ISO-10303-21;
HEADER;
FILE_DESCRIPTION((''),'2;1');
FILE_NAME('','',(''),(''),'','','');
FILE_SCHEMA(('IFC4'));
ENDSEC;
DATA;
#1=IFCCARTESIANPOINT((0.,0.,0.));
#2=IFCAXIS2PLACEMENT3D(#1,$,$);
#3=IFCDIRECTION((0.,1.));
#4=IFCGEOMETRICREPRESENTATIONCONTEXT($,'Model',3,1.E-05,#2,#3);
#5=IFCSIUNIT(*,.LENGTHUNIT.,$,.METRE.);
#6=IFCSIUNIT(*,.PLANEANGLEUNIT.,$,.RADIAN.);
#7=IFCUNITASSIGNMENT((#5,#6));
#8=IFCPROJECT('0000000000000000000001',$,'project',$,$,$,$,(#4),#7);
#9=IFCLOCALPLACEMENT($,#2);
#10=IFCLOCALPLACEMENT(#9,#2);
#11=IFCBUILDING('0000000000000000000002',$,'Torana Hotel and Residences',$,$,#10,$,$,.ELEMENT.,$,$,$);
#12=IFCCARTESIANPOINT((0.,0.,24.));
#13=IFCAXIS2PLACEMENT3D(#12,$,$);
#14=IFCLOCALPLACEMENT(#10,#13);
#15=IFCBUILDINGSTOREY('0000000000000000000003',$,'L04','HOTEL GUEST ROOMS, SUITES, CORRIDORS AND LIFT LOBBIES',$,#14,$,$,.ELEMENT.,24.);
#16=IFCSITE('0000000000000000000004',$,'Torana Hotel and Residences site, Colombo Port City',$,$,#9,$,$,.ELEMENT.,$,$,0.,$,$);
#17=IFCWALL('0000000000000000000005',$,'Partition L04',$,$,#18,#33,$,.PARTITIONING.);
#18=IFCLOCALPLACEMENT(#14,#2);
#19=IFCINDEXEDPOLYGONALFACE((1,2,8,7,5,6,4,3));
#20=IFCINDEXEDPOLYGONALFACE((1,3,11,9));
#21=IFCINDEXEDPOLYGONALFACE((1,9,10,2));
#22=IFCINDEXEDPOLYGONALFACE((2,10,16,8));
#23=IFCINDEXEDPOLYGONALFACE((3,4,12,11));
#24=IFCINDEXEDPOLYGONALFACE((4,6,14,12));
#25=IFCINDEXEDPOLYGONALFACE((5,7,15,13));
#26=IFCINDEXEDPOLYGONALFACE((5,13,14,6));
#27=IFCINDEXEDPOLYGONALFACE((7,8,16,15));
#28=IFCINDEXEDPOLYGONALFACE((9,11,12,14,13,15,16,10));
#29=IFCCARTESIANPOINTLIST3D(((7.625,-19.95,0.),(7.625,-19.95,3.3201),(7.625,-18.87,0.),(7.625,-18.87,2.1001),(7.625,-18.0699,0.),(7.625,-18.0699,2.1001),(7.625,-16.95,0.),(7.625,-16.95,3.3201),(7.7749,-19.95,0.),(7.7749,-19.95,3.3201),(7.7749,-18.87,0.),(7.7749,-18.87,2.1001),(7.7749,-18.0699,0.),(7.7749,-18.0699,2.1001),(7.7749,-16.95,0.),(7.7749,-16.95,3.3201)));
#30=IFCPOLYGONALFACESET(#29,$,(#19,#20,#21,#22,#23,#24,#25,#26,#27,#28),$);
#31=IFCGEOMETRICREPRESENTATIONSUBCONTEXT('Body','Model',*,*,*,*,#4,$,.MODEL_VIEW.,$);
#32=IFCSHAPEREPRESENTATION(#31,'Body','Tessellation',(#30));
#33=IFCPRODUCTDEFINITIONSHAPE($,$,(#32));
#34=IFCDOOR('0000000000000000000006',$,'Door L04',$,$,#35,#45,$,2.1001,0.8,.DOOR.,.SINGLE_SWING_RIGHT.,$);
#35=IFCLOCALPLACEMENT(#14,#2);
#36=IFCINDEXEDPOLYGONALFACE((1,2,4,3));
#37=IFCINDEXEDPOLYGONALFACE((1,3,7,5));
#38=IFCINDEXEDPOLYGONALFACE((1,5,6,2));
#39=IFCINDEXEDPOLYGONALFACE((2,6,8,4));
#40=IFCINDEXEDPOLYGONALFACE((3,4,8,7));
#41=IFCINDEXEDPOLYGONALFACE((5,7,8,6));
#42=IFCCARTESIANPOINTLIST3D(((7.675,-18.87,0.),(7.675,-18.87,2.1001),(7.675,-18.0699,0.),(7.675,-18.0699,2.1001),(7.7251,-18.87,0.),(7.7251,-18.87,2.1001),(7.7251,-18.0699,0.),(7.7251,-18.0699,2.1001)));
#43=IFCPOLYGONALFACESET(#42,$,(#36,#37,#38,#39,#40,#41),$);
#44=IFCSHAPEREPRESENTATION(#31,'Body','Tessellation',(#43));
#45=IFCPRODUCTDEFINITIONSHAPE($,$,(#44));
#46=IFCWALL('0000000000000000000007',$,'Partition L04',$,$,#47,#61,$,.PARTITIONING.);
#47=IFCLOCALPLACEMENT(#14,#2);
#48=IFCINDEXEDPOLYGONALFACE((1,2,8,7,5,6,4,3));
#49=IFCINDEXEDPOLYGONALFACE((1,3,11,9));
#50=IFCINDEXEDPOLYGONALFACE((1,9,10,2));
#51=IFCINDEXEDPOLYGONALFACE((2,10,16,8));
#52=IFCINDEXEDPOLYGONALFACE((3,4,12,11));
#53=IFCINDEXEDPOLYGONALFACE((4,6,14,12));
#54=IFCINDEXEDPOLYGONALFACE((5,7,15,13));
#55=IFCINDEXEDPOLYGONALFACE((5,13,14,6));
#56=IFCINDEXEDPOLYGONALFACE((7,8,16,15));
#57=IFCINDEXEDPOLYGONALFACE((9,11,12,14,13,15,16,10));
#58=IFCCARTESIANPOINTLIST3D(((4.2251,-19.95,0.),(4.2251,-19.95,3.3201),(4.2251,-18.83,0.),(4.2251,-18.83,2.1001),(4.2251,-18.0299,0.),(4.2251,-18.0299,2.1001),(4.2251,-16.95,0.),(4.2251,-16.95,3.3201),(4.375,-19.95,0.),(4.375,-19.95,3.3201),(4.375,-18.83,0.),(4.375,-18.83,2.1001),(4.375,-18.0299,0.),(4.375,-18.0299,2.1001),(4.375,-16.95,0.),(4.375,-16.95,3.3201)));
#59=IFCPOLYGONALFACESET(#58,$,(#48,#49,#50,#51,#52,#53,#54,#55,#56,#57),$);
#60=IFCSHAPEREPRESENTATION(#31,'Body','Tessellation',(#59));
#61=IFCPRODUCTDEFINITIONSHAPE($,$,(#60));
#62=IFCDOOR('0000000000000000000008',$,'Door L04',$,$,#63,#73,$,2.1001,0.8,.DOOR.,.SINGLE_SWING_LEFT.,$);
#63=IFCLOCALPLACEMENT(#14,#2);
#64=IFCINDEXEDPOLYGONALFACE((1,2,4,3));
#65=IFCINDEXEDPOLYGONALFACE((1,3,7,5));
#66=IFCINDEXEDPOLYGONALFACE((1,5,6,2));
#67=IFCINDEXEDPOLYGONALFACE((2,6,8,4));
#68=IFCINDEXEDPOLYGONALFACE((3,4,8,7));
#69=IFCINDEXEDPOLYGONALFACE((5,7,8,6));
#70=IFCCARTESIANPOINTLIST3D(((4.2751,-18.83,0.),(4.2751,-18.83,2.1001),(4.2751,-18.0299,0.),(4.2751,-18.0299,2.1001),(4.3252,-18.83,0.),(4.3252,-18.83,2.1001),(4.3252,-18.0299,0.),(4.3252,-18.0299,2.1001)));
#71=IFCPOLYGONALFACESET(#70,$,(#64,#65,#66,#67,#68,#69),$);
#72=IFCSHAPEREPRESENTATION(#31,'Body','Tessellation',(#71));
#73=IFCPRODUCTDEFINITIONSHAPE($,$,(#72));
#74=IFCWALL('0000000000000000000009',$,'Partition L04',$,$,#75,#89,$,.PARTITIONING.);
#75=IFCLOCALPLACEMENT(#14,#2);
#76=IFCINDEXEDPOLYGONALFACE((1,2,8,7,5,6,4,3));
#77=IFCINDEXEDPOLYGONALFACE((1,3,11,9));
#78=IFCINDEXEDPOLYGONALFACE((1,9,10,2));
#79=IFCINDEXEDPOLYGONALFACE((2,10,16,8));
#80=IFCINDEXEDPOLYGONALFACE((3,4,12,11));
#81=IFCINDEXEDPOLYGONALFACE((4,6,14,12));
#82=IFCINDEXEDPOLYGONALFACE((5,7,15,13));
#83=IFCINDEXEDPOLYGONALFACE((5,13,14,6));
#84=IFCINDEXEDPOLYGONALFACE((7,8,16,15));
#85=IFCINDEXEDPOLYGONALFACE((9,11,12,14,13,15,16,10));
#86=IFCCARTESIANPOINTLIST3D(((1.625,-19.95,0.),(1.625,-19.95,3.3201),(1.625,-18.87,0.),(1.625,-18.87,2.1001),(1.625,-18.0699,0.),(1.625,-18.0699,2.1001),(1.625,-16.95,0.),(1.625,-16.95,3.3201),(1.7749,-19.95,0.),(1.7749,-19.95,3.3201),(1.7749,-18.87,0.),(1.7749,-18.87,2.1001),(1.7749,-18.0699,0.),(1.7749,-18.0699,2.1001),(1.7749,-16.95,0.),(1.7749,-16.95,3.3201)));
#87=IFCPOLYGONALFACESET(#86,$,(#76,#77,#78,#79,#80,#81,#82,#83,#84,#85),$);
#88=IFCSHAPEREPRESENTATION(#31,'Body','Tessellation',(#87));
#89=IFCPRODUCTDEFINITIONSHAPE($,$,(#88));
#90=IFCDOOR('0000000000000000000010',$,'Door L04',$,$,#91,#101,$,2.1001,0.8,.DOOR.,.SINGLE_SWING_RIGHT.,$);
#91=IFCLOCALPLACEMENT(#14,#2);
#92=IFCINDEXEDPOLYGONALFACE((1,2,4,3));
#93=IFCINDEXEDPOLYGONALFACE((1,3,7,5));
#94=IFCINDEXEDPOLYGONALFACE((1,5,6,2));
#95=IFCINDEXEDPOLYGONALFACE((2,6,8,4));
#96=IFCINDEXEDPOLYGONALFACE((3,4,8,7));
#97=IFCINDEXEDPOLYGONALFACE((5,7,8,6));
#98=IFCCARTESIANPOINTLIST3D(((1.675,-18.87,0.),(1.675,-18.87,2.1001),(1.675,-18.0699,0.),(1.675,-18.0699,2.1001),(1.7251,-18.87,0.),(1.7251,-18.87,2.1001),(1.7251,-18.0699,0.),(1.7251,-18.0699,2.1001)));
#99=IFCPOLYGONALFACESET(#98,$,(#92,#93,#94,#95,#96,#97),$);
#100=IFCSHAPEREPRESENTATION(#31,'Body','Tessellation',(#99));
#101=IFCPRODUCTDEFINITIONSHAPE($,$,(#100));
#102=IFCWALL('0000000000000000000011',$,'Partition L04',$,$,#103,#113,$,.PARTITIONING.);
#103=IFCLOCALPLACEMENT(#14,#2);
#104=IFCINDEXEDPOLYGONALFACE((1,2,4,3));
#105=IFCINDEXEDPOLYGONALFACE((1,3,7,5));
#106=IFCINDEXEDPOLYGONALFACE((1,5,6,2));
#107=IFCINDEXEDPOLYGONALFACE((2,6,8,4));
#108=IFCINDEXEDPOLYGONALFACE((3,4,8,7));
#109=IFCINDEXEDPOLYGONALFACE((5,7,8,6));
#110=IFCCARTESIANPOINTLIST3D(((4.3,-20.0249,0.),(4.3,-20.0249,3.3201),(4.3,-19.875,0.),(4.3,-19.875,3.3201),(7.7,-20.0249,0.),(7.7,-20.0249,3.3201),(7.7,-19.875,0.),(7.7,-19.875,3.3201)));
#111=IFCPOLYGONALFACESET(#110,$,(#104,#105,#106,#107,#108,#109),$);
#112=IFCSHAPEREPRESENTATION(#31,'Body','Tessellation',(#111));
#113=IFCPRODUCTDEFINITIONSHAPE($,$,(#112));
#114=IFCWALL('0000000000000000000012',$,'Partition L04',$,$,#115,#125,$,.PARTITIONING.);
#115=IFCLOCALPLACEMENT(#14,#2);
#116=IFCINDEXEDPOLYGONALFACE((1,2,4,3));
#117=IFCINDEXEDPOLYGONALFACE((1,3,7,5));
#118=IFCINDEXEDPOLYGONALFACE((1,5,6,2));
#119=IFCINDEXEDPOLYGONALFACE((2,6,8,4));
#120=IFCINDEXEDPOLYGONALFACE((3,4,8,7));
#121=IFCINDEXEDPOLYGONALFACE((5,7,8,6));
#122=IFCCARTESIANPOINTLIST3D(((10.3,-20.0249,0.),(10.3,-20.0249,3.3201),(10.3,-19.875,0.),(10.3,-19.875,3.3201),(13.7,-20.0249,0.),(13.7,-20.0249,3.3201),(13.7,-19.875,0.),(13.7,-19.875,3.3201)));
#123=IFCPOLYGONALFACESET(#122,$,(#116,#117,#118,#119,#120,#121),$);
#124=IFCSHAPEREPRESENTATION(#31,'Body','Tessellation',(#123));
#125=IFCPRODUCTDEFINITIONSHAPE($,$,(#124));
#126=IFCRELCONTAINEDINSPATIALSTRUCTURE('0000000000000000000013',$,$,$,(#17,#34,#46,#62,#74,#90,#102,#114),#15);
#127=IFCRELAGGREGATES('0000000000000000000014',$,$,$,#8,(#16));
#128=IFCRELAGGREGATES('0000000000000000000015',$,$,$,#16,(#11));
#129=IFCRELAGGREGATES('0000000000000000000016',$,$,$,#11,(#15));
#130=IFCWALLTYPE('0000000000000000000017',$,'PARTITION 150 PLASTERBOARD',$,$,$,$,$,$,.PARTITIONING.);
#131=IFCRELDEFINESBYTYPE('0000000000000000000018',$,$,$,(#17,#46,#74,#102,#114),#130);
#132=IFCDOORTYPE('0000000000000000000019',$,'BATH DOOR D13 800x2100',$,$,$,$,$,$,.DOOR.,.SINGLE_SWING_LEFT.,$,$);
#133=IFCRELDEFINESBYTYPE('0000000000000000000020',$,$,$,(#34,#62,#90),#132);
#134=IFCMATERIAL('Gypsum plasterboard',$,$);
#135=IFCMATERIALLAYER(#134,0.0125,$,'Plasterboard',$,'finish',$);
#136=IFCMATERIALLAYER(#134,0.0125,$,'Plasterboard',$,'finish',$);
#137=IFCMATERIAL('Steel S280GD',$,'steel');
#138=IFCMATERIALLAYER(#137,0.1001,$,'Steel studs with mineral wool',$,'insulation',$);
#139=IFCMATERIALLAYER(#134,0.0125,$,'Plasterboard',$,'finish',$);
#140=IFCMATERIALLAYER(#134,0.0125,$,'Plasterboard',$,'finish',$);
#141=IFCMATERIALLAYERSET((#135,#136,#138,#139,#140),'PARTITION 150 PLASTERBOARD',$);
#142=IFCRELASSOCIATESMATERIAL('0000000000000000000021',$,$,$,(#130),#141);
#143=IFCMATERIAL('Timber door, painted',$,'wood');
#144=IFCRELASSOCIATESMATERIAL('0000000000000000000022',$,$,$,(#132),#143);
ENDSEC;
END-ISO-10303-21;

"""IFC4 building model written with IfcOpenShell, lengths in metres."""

from ifc_helpers import new_model, si_unit, direction, frame, frame_2d, origin, place, context, subcontext, project, spatial, rectangle, extrude, material, layer, layer_set, type_object, element, fill, save


model = new_model("IFC4")

# Units and contexts
model_context = context("Model", 3, precision=1e-05, world=origin(), true_north=direction((0.0, 1.0)))
body_context = subcontext(model_context, "Body", "Model", "MODEL_VIEW")
ifc_project = project(units=[si_unit("LENGTHUNIT", "METRE"), si_unit("PLANEANGLEUNIT", "RADIAN")], contexts=[model_context])

# Site, building, storey
site_placement = place(None, origin())
site = spatial("IfcSite", under=ifc_project, at=site_placement, Name="Torana Hotel and Residences site, Colombo Port City", CompositionType="ELEMENT", RefElevation=0.0)
building_placement = place(site_placement, origin())
building = spatial("IfcBuilding", under=site, at=building_placement, Name="Torana Hotel and Residences", CompositionType="ELEMENT")
storey_placement = place(building_placement, frame((0.0, 0.0, 24.0)))
storey = spatial("IfcBuildingStorey", under=building, at=storey_placement, Name="L04", Description="HOTEL GUEST ROOMS, SUITES, CORRIDORS AND LIFT LOBBIES", CompositionType="ELEMENT", Elevation=24.0)

# Walls, openings, doors
ifc_material_1 = material(Name="Gypsum plasterboard")
ifc_layer_1 = layer(ifc_material_1, 0.0125, Name="Plasterboard", Category="finish")
ifc_layer_2 = layer(ifc_material_1, 0.0125, Name="Plasterboard", Category="finish")
ifc_material_2 = material(Name="Steel S280GD", Category="steel")
ifc_layer_3 = layer(ifc_material_2, 0.1001, Name="Steel studs with mineral wool", Category="insulation")
ifc_layer_4 = layer(ifc_material_1, 0.0125, Name="Plasterboard", Category="finish")
ifc_layer_5 = layer(ifc_material_1, 0.0125, Name="Plasterboard", Category="finish")
ifc_layer_set_1 = layer_set([ifc_layer_1, ifc_layer_2, ifc_layer_3, ifc_layer_4, ifc_layer_5], Name="PARTITION 150 PLASTERBOARD")
wall_type_1 = type_object("IfcWallType", Name="PARTITION 150 PLASTERBOARD", PredefinedType="PARTITIONING", material=ifc_layer_set_1)
ifc_material_3 = material(Name="Timber door, painted", Category="wood")
door_type_1 = type_object("IfcDoorType", Name="BATH DOOR D13 800x2100", OperationType="SINGLE_SWING_LEFT", PredefinedType="DOOR", material=ifc_material_3)
wall_1_placement = place(storey_placement, frame((7.7, -19.95, 0.0), z_axis=(0.0, 0.0, 1.0), x_axis=(0.0, 1.0, 0.0)))
wall_1 = element("IfcWall", 1, at=wall_1_placement, inside=storey, type_object=wall_type_1, Name="Partition L04", PredefinedType="PARTITIONING", context=body_context, shape_type="SweptSolid", body=[
    extrude(rectangle(XDim=3.0, YDim=0.1499, at=frame_2d((1.5, 0.0))), origin(), (0.0, 0.0, 1.0), 3.3201),
])
opening_1_placement = place(wall_1_placement, frame((1.0801, 0.0, 0.0)))
opening_1 = element("IfcOpeningElement", 2, at=opening_1_placement, cuts=wall_1, PredefinedType="OPENING", context=body_context, shape_type="SweptSolid", body=[
    extrude(rectangle(XDim=0.8, YDim=2.1001, at=frame_2d((0.3999, 1.05))), frame((0.0, 0.085, 0.0), z_axis=(0.0, -1.0, 0.0), x_axis=(1.0, 0.0, 0.0)), (0.0, 0.0, 1.0), 0.1699),
])
door_1_placement = place(opening_1_placement, origin())
door_1 = element("IfcDoor", 3, at=door_1_placement, inside=storey, type_object=door_type_1, Name="Door L04", OperationType="SINGLE_SWING_RIGHT", OverallHeight=2.1001, OverallWidth=0.8, PredefinedType="DOOR", context=body_context, shape_type="SweptSolid", body=[
    extrude(rectangle(XDim=0.8, YDim=2.1001, at=frame_2d((0.3999, 1.05))), frame((0.0, 0.0249, 0.0), z_axis=(0.0, -1.0, 0.0), x_axis=(1.0, 0.0, 0.0)), (0.0, 0.0, 1.0), 0.05),
])
fill(opening_1, door_1)
wall_2_placement = place(storey_placement, frame((4.3, -19.95, 0.0), z_axis=(0.0, 0.0, 1.0), x_axis=(0.0, 1.0, 0.0)))
wall_2 = element("IfcWall", 4, at=wall_2_placement, inside=storey, type_object=wall_type_1, Name="Partition L04", PredefinedType="PARTITIONING", context=body_context, shape_type="SweptSolid", body=[
    extrude(rectangle(XDim=3.0, YDim=0.1499, at=frame_2d((1.5, 0.0))), origin(), (0.0, 0.0, 1.0), 3.3201),
])
opening_2_placement = place(wall_2_placement, frame((1.1201, 0.0, 0.0)))
opening_2 = element("IfcOpeningElement", 5, at=opening_2_placement, cuts=wall_2, PredefinedType="OPENING", context=body_context, shape_type="SweptSolid", body=[
    extrude(rectangle(XDim=0.8, YDim=2.1001, at=frame_2d((0.3999, 1.05))), frame((0.0, 0.085, 0.0), z_axis=(0.0, -1.0, 0.0), x_axis=(1.0, 0.0, 0.0)), (0.0, 0.0, 1.0), 0.1699),
])
door_2_placement = place(opening_2_placement, origin())
door_2 = element("IfcDoor", 6, at=door_2_placement, inside=storey, type_object=door_type_1, Name="Door L04", OperationType="SINGLE_SWING_LEFT", OverallHeight=2.1001, OverallWidth=0.8, PredefinedType="DOOR", context=body_context, shape_type="SweptSolid", body=[
    extrude(rectangle(XDim=0.8, YDim=2.1001, at=frame_2d((0.3999, 1.05))), frame((0.0, 0.0249, 0.0), z_axis=(0.0, -1.0, 0.0), x_axis=(1.0, 0.0, 0.0)), (0.0, 0.0, 1.0), 0.05),
])
fill(opening_2, door_2)
wall_3_placement = place(storey_placement, frame((1.7, -19.95, 0.0), z_axis=(0.0, 0.0, 1.0), x_axis=(0.0, 1.0, 0.0)))
wall_3 = element("IfcWall", 7, at=wall_3_placement, inside=storey, type_object=wall_type_1, Name="Partition L04", PredefinedType="PARTITIONING", context=body_context, shape_type="SweptSolid", body=[
    extrude(rectangle(XDim=3.0, YDim=0.1499, at=frame_2d((1.5, 0.0))), origin(), (0.0, 0.0, 1.0), 3.3201),
])
opening_3_placement = place(wall_3_placement, frame((1.0801, 0.0, 0.0)))
opening_3 = element("IfcOpeningElement", 8, at=opening_3_placement, cuts=wall_3, PredefinedType="OPENING", context=body_context, shape_type="SweptSolid", body=[
    extrude(rectangle(XDim=0.8, YDim=2.1001, at=frame_2d((0.3999, 1.05))), frame((0.0, 0.085, 0.0), z_axis=(0.0, -1.0, 0.0), x_axis=(1.0, 0.0, 0.0)), (0.0, 0.0, 1.0), 0.1699),
])
door_3_placement = place(opening_3_placement, origin())
door_3 = element("IfcDoor", 9, at=door_3_placement, inside=storey, type_object=door_type_1, Name="Door L04", OperationType="SINGLE_SWING_RIGHT", OverallHeight=2.1001, OverallWidth=0.8, PredefinedType="DOOR", context=body_context, shape_type="SweptSolid", body=[
    extrude(rectangle(XDim=0.8, YDim=2.1001, at=frame_2d((0.3999, 1.05))), frame((0.0, 0.0249, 0.0), z_axis=(0.0, -1.0, 0.0), x_axis=(1.0, 0.0, 0.0)), (0.0, 0.0, 1.0), 0.05),
])
fill(opening_3, door_3)

# Walls
for number, where, z_axis, x_axis, name in (
    (10, (4.3, -19.95, 0.0), (0.0, 0.0, 1.0), (1.0, 0.0, 0.0), "Partition L04"),
    (11, (10.3, -19.95, 0.0), (0.0, 0.0, 1.0), (1.0, 0.0, 0.0), "Partition L04"),
):
    element("IfcWall", number, at=place(storey_placement, frame(where, z_axis=z_axis, x_axis=x_axis)), inside=storey, type_object=wall_type_1, Name=name, PredefinedType="PARTITIONING", context=body_context, shape_type="SweptSolid", body=[
        extrude(rectangle(XDim=3.3999, YDim=0.1499, at=frame_2d((1.7, 0.0))), origin(), (0.0, 0.0, 1.0), 3.3201),
    ])

save(model, "model.ifc")
